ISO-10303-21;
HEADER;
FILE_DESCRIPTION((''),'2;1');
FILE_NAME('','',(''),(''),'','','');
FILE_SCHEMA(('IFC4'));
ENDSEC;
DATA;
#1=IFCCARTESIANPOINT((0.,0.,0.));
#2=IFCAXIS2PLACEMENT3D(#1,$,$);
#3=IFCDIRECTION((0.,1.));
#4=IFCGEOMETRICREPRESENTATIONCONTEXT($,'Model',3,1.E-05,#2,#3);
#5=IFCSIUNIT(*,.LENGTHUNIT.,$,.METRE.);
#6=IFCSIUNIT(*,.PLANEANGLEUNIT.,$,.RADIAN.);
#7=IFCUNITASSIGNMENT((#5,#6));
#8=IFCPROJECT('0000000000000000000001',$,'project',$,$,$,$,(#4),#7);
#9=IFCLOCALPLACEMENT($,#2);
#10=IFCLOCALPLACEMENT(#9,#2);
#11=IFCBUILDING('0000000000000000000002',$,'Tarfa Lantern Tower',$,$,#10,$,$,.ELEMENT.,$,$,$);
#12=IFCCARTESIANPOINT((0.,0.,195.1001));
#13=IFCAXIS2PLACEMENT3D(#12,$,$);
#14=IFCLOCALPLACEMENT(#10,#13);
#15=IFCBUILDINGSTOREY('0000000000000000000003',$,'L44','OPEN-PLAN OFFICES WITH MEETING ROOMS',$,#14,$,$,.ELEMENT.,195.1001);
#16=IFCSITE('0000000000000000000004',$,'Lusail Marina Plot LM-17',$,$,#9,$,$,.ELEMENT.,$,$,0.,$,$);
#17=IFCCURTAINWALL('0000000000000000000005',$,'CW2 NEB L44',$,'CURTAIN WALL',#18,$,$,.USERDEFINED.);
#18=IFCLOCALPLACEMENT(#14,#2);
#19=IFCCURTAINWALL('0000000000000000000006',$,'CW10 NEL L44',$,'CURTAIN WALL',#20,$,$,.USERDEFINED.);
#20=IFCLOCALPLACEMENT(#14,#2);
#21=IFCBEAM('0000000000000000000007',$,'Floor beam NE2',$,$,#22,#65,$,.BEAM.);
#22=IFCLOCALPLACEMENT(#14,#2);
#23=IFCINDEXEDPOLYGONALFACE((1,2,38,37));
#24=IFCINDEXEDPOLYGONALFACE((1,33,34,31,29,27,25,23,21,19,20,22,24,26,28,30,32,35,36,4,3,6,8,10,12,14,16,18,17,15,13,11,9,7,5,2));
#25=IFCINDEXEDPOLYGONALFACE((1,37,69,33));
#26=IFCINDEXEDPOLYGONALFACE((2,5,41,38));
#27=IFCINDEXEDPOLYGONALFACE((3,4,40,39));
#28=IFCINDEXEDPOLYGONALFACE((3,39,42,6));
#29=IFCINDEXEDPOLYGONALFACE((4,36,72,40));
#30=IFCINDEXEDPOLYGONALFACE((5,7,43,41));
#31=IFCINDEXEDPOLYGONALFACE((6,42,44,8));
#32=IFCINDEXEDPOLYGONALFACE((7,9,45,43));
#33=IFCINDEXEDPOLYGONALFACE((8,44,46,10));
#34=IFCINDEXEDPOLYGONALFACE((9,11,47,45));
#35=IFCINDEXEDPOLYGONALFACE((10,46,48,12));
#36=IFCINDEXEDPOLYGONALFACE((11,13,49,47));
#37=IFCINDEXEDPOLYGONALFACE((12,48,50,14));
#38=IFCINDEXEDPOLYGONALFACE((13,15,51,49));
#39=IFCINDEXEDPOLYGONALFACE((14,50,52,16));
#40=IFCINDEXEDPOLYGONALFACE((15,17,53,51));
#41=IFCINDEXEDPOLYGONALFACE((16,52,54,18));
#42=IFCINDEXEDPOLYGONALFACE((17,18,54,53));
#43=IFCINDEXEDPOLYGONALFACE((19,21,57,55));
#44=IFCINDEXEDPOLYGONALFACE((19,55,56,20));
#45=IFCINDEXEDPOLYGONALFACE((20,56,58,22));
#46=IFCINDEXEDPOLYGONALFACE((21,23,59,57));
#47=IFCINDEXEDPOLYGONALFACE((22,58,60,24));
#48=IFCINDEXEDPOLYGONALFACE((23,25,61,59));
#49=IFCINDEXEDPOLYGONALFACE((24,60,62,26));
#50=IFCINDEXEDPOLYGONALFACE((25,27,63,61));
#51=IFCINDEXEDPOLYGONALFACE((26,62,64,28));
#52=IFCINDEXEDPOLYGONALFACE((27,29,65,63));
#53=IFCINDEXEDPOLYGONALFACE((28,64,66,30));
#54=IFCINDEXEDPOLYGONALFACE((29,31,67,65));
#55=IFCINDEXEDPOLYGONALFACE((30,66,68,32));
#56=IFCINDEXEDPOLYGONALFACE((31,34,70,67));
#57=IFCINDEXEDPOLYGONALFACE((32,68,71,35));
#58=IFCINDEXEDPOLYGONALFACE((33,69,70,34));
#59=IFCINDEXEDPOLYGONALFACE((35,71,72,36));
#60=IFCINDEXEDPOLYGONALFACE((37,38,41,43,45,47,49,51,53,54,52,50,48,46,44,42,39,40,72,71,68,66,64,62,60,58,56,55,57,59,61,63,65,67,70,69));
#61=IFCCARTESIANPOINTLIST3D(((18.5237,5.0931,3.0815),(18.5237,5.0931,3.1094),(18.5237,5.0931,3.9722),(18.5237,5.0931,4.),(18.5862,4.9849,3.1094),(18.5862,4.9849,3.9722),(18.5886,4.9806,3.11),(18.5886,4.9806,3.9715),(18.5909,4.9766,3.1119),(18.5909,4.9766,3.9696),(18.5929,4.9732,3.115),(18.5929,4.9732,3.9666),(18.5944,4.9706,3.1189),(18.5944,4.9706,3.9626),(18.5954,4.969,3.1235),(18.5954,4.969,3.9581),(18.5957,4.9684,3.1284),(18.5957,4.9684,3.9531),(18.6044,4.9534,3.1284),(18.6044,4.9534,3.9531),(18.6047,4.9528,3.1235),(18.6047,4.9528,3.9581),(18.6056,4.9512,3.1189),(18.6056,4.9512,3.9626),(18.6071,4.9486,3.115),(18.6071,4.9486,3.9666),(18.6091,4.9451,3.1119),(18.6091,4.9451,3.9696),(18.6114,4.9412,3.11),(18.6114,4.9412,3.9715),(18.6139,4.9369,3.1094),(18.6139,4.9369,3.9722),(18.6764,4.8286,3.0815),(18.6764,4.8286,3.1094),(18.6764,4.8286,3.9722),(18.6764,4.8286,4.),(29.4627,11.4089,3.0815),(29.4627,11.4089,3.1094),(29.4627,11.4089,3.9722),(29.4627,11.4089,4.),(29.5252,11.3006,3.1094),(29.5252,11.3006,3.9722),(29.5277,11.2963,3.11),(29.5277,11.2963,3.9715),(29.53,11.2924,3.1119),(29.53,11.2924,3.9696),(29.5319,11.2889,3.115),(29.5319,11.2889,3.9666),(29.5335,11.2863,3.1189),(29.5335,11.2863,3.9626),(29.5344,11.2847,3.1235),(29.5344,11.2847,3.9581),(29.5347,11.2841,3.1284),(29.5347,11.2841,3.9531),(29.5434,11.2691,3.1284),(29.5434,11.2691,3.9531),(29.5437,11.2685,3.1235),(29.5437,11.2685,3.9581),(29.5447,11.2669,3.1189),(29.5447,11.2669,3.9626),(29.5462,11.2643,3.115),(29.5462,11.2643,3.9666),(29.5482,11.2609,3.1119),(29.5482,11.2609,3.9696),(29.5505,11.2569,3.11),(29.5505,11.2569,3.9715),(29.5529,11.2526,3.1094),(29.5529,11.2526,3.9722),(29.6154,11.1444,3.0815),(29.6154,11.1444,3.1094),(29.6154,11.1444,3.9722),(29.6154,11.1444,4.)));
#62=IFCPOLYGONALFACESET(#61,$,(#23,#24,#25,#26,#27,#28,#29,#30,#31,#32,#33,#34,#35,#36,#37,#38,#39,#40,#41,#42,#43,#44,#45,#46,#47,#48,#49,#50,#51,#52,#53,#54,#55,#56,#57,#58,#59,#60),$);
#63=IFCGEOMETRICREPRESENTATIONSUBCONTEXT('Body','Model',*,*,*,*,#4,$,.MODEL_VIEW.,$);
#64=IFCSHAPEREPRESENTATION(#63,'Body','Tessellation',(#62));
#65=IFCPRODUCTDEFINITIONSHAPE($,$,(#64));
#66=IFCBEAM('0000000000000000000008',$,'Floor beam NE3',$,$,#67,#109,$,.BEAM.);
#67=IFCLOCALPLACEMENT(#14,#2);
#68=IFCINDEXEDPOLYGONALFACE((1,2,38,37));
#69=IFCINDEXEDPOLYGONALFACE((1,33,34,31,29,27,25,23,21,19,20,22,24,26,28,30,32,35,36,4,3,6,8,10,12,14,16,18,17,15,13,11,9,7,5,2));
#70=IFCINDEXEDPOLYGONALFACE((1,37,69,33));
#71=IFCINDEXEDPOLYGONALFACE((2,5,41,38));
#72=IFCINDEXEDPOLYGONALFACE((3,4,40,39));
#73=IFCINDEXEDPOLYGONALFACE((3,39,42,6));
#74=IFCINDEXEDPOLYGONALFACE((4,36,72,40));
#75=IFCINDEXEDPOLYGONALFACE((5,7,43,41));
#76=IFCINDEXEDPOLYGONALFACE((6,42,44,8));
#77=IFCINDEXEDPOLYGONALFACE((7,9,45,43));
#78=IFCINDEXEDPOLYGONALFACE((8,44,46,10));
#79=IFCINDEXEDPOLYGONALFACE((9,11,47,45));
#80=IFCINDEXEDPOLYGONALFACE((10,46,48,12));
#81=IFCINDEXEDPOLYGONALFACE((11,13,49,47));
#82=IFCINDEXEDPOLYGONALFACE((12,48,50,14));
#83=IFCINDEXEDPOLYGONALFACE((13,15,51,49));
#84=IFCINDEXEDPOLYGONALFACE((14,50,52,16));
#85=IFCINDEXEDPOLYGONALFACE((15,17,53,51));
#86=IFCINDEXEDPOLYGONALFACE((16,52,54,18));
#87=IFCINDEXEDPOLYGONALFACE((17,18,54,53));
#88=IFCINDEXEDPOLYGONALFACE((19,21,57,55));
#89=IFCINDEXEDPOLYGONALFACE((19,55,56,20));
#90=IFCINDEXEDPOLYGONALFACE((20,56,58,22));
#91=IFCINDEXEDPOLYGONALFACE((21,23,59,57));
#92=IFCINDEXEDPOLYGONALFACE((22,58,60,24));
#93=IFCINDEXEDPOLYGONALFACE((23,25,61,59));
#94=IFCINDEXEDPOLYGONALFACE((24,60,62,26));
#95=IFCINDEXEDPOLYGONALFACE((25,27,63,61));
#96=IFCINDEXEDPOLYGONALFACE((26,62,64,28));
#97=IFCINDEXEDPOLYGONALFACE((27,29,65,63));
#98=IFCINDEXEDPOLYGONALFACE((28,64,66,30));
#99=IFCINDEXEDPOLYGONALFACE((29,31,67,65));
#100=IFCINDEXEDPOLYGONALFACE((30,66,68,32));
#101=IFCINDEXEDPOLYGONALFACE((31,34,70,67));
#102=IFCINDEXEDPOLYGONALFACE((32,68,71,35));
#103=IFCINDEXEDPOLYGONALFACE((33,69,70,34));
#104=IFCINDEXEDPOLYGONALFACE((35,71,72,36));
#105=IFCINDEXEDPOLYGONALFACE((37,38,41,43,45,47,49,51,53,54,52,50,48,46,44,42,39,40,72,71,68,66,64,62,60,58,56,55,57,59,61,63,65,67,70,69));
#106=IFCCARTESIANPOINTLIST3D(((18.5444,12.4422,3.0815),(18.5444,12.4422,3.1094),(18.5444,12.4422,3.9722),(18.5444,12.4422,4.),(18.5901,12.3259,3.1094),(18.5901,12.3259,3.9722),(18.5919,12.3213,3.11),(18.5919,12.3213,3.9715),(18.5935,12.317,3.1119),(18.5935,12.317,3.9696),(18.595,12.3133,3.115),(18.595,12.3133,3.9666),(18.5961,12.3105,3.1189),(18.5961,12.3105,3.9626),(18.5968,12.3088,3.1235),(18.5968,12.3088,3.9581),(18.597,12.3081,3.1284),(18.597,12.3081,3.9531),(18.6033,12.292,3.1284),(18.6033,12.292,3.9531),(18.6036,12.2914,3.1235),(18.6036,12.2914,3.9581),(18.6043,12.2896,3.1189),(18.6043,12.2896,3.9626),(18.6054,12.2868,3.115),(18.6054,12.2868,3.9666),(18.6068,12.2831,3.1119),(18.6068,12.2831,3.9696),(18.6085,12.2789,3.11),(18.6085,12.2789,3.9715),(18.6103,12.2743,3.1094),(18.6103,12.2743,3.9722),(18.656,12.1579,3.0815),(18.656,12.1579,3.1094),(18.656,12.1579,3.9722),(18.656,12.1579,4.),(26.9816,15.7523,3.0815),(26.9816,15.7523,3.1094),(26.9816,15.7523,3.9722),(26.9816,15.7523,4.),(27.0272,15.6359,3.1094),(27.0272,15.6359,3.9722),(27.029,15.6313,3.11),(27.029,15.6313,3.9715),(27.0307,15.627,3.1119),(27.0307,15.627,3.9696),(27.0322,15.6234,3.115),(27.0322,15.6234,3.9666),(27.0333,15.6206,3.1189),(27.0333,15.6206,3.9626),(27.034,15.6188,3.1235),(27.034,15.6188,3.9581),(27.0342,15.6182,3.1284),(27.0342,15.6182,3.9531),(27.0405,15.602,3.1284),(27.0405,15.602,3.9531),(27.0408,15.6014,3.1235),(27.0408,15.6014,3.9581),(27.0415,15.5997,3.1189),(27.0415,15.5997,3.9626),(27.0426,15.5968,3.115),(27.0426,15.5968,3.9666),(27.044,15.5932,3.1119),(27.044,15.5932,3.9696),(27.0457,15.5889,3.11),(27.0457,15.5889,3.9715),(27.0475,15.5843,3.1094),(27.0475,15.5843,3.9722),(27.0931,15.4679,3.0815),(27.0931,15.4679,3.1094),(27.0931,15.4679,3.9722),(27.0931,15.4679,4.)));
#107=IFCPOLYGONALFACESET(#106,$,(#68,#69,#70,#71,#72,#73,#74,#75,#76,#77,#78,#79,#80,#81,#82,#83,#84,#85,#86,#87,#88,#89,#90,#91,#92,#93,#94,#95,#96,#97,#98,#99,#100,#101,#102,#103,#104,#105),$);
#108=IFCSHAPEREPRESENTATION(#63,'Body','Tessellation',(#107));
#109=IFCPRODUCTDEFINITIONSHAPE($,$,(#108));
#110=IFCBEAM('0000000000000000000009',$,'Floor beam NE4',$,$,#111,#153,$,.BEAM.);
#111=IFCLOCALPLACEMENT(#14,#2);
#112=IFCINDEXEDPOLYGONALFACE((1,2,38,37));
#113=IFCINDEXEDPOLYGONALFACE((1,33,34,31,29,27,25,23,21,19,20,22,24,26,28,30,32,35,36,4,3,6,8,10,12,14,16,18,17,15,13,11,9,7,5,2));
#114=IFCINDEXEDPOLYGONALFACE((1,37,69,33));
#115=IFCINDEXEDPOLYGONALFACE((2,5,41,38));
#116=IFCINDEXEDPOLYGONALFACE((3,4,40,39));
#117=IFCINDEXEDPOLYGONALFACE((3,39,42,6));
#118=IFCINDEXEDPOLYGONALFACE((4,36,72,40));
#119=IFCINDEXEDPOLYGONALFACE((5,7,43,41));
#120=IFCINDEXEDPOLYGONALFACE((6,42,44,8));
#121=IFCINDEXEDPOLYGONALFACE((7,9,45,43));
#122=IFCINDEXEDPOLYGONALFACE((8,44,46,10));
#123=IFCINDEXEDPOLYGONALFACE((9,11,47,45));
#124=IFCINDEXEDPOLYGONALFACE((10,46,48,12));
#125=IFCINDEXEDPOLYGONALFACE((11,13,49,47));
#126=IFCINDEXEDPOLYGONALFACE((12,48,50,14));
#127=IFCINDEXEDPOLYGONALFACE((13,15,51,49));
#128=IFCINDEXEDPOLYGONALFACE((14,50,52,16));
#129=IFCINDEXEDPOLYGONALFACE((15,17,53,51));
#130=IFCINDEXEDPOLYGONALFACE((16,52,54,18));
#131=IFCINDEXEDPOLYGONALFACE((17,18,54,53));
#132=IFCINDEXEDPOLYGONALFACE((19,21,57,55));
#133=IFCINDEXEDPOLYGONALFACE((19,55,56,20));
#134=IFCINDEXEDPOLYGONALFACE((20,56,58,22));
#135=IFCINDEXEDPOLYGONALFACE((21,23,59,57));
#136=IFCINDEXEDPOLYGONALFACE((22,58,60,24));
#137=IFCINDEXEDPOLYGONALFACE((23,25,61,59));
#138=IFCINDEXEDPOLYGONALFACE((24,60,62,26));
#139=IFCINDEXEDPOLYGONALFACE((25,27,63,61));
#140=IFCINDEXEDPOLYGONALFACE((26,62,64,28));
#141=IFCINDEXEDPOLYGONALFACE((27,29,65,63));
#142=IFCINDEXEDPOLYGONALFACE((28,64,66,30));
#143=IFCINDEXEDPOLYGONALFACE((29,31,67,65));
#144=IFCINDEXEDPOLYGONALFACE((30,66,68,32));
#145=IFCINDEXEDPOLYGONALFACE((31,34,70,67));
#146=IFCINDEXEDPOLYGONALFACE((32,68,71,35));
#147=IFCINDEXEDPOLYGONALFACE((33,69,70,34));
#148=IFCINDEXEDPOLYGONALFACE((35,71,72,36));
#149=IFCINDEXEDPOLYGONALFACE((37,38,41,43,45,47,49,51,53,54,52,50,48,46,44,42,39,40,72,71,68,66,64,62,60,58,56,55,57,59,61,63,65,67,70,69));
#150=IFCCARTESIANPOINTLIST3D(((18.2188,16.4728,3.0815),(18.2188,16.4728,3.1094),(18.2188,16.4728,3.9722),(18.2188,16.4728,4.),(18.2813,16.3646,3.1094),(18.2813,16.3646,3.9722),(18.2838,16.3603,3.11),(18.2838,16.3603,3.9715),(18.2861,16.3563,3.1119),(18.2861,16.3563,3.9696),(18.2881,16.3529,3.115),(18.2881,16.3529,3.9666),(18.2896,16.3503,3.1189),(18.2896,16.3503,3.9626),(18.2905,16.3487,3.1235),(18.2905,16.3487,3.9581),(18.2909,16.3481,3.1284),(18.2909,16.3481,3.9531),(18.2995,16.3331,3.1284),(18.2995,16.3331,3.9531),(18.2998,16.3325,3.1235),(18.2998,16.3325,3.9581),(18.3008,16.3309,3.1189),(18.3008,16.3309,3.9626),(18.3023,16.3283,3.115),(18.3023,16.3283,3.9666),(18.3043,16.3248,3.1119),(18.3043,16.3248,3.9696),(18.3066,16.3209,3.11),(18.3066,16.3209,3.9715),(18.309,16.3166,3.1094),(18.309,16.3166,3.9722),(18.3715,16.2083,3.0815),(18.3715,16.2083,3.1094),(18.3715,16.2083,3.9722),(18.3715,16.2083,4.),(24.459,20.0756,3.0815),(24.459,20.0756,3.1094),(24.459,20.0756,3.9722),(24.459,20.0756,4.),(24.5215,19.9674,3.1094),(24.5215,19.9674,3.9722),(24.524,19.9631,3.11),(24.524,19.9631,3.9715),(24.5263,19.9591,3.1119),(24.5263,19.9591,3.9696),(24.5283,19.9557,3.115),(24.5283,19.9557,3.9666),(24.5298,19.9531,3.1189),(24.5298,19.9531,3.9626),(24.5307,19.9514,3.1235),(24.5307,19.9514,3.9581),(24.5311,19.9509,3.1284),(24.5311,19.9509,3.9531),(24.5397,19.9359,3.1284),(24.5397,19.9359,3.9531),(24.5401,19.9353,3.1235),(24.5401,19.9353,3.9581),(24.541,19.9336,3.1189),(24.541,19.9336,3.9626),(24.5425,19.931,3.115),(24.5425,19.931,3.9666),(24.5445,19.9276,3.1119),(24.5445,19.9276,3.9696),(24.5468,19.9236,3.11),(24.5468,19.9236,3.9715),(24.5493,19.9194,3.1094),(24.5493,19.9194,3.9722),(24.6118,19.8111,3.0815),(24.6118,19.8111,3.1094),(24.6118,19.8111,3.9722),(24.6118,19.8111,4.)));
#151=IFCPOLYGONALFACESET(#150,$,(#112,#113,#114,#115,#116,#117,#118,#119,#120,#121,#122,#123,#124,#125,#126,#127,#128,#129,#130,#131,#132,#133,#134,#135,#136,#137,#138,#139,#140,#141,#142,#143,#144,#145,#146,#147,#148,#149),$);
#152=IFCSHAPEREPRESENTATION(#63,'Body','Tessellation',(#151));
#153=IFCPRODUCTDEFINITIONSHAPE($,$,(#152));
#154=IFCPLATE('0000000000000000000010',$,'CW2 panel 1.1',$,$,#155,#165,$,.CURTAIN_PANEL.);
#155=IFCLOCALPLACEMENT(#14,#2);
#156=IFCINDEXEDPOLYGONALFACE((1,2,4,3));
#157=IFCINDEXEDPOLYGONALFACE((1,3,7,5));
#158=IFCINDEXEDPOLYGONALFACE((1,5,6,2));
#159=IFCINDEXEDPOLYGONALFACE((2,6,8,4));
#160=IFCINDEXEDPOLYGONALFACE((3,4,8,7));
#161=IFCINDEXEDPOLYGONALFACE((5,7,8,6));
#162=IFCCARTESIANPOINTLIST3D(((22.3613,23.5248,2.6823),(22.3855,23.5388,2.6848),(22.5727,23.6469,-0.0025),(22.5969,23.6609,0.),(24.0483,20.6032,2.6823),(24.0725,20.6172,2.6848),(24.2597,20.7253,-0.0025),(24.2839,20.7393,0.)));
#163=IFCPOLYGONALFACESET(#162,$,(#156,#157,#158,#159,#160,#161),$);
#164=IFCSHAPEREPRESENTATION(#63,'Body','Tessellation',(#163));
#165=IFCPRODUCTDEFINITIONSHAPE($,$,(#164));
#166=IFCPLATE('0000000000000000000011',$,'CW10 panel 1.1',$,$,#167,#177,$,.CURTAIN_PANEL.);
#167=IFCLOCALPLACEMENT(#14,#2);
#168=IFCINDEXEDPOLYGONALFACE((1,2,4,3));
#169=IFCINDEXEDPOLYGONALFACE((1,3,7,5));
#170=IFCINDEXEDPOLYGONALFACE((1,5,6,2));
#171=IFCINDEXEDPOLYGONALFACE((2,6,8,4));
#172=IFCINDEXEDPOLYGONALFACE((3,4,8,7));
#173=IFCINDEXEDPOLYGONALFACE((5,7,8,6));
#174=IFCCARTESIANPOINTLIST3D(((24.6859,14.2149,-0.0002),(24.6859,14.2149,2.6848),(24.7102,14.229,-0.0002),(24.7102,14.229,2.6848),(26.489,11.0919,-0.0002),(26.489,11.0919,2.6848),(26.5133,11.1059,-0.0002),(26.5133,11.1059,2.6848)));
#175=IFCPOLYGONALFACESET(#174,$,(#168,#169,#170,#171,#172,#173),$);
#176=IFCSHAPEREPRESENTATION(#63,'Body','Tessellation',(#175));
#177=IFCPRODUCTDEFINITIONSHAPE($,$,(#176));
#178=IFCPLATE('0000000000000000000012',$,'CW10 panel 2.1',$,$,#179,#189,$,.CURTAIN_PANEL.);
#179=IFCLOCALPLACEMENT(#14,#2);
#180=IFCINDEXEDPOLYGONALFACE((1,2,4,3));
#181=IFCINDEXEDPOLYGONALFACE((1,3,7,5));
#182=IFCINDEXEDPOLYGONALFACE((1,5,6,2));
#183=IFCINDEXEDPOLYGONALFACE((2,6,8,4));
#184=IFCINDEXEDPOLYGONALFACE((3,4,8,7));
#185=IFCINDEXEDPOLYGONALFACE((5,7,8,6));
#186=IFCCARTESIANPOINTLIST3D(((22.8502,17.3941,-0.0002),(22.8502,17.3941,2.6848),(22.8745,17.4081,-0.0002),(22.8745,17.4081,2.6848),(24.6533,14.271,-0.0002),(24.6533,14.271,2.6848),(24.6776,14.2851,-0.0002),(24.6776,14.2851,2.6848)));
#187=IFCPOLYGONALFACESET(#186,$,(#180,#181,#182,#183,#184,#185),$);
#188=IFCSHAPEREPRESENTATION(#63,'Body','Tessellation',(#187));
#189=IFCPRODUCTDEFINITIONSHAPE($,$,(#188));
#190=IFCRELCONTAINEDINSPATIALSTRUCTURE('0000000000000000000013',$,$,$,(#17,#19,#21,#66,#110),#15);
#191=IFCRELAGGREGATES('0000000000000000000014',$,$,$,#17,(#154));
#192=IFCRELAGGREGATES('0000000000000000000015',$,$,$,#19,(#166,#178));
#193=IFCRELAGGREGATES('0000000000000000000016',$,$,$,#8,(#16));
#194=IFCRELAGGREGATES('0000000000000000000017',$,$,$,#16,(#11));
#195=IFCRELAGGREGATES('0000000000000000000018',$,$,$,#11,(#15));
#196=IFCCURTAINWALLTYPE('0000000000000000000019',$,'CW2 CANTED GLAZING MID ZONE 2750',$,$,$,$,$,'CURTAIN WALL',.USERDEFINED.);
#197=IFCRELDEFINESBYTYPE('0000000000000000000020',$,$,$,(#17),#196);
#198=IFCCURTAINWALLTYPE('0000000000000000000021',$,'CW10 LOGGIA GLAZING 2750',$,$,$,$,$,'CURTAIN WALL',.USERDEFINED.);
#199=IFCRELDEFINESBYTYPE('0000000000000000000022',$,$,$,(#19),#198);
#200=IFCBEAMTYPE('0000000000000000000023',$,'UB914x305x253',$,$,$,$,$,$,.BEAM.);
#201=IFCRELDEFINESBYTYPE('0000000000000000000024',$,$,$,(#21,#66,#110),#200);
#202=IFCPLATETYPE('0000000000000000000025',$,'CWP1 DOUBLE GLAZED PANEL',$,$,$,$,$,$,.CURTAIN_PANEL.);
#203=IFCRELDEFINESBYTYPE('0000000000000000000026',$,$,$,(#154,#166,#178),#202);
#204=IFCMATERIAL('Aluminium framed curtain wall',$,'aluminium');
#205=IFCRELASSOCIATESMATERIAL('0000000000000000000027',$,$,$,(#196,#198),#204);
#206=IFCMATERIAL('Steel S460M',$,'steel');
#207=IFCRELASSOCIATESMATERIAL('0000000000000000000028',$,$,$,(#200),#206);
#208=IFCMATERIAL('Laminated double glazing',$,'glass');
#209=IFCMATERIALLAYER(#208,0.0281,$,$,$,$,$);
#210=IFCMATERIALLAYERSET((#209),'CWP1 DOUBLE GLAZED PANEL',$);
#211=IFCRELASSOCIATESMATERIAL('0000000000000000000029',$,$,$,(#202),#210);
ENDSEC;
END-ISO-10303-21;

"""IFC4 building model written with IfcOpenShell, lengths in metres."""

from ifc_helpers import new_model, si_unit, direction, frame, origin, origin_2d, place, context, subcontext, project, spatial, polyline, rectangle, i_section, outline, extrude, material, layer, layer_set, material_profile, profile_set, type_object, element, aggregate, save


model = new_model("IFC4")

# Units and contexts
model_context = context("Model", 3, precision=1e-05, world=origin(), true_north=direction((0.0, 1.0)))
body_context = subcontext(model_context, "Body", "Model", "MODEL_VIEW")
ifc_project = project(units=[si_unit("LENGTHUNIT", "METRE"), si_unit("PLANEANGLEUNIT", "RADIAN")], contexts=[model_context])

# Site, building, storey
site_placement = place(None, origin())
site = spatial("IfcSite", under=ifc_project, at=site_placement, Name="Lusail Marina Plot LM-17", CompositionType="ELEMENT", RefElevation=0.0)
building_placement = place(site_placement, origin())
building = spatial("IfcBuilding", under=site, at=building_placement, Name="Tarfa Lantern Tower", CompositionType="ELEMENT")
storey_placement = place(building_placement, frame((0.0, 0.0, 195.1001)))
storey = spatial("IfcBuildingStorey", under=building, at=storey_placement, Name="L44", Description="OPEN-PLAN OFFICES WITH MEETING ROOMS", CompositionType="ELEMENT", Elevation=195.1001)

# Curtain wall
ifc_material_1 = material(Name="Aluminium framed curtain wall", Category="aluminium")
curtain_wall_type_1 = type_object("IfcCurtainWallType", Name="CW2 CANTED GLAZING MID ZONE 2750", ElementType="CURTAIN WALL", PredefinedType="USERDEFINED", material=ifc_material_1)
curtain_wall_1_placement = place(storey_placement, origin())
curtain_wall_1 = element("IfcCurtainWall", 1, at=curtain_wall_1_placement, inside=storey, type_object=curtain_wall_type_1, Name="CW2 NEB L44", ObjectType="CURTAIN WALL", PredefinedType="USERDEFINED")

# Curtain wall
curtain_wall_type_2 = type_object("IfcCurtainWallType", Name="CW10 LOGGIA GLAZING 2750", ElementType="CURTAIN WALL", PredefinedType="USERDEFINED", material=ifc_material_1)
curtain_wall_2_placement = place(storey_placement, origin())
curtain_wall_2 = element("IfcCurtainWall", 2, at=curtain_wall_2_placement, inside=storey, type_object=curtain_wall_type_2, Name="CW10 NEL L44", ObjectType="CURTAIN WALL", PredefinedType="USERDEFINED")

# Beams
ifc_material_2 = material(Name="Steel S460M", Category="steel")
ifc_material_profile_1 = material_profile(ifc_material_2, i_section(OverallWidth=0.3054, OverallDepth=0.9185, WebThickness=0.0173, FlangeThickness=0.0278, FilletRadius=0.019, at=origin_2d()), Name="UB914x305x253")
ifc_profile_set_1 = profile_set([ifc_material_profile_1], Name="Steel S460M")
beam_type_1 = type_object("IfcBeamType", Name="UB914x305x253", PredefinedType="BEAM", material=ifc_profile_set_1)
beam_1_placement = place(storey_placement, frame((29.5391, 11.2766, 3.5408), z_axis=(-0.866023, -0.500004, 0.0), x_axis=(0.500004, -0.866023, 0.0)))
element("IfcBeam", 3, at=beam_1_placement, inside=storey, type_object=beam_type_1, Name="Floor beam NE2", PredefinedType="BEAM", context=body_context, shape_type="SweptSolid", body=[
    extrude(i_section(OverallWidth=0.3054, OverallDepth=0.9185, WebThickness=0.0173, FlangeThickness=0.0278, FilletRadius=0.019, at=origin_2d()), origin(), (0.0, 0.0, 1.0), 12.6313),
])
beam_2_placement = place(storey_placement, frame((27.0374, 15.6101, 3.5408), z_axis=(-0.930923, -0.365215, 0.0), x_axis=(0.365215, -0.930923, 0.0)))
element("IfcBeam", 4, at=beam_2_placement, inside=storey, type_object=beam_type_1, Name="Floor beam NE3", PredefinedType="BEAM", context=body_context, shape_type="SweptSolid", body=[
    extrude(i_section(OverallWidth=0.3054, OverallDepth=0.9185, WebThickness=0.0173, FlangeThickness=0.0278, FilletRadius=0.019, at=origin_2d()), origin(), (0.0, 0.0, 1.0), 9.0632),
])
beam_3_placement = place(storey_placement, frame((24.5354, 19.9434, 3.5408), z_axis=(-0.866026, -0.499998, 0.0), x_axis=(0.499998, -0.866026, 0.0)))
element("IfcBeam", 5, at=beam_3_placement, inside=storey, type_object=beam_type_1, Name="Floor beam NE4", PredefinedType="BEAM", context=body_context, shape_type="SweptSolid", body=[
    extrude(i_section(OverallWidth=0.3054, OverallDepth=0.9185, WebThickness=0.0173, FlangeThickness=0.0278, FilletRadius=0.019, at=origin_2d()), origin(), (0.0, 0.0, 1.0), 7.2056),
])

# Plates
ifc_material_3 = material(Name="Laminated double glazing", Category="glass")
ifc_layer_1 = layer(ifc_material_3, 0.0281)
ifc_layer_set_1 = layer_set([ifc_layer_1], Name="CWP1 DOUBLE GLAZED PANEL")
plate_type_1 = type_object("IfcPlateType", Name="CWP1 DOUBLE GLAZED PANEL", PredefinedType="CURTAIN_PANEL", material=ifc_layer_set_1)
plate_1_placement = place(storey_placement, frame((24.2839, 20.7393, 0.0), z_axis=(0.862441, 0.497991, 0.090558), x_axis=(-0.500046, 0.865999, 0.0)))
plate_1 = element("IfcPlate", 6, at=plate_1_placement, type_object=plate_type_1, Name="CW2 panel 1.1", PredefinedType="CURTAIN_PANEL", context=body_context, shape_type="SweptSolid", body=[
    extrude(outline(polyline([(0.0, 0.0), (3.3737, 0.0), (3.3737, 2.6959), (0.0, 2.6959), (0.0, 0.0)])), origin(), (0.0, 0.0, -1.0), 0.0281),
])
aggregate(curtain_wall_1, [plate_1])
plate_2_placement = place(storey_placement, frame((25.5996, 12.6604, -0.0002), z_axis=(0.0, 0.0, 1.0), x_axis=(-0.5, 0.866025, 0.0)))
plate_2 = element("IfcPlate", 7, at=plate_2_placement, type_object=plate_type_1, Name="CW10 panel 1.1", PredefinedType="CURTAIN_PANEL", context=body_context, shape_type="SweptSolid", body=[
    extrude(rectangle(XDim=3.6062, YDim=0.0281, at=origin_2d()), origin(), (0.0, 0.0, 1.0), 2.6851),
])
plate_3_placement = place(storey_placement, frame((23.7639, 15.8396, -0.0002), z_axis=(0.0, 0.0, 1.0), x_axis=(-0.5, 0.866025, 0.0)))
plate_3 = element("IfcPlate", 8, at=plate_3_placement, type_object=plate_type_1, Name="CW10 panel 2.1", PredefinedType="CURTAIN_PANEL", context=body_context, shape_type="SweptSolid", body=[
    extrude(rectangle(XDim=3.6062, YDim=0.0281, at=origin_2d()), origin(), (0.0, 0.0, 1.0), 2.6851),
])
aggregate(curtain_wall_2, [plate_2, plate_3])

save(model, "model.ifc")
